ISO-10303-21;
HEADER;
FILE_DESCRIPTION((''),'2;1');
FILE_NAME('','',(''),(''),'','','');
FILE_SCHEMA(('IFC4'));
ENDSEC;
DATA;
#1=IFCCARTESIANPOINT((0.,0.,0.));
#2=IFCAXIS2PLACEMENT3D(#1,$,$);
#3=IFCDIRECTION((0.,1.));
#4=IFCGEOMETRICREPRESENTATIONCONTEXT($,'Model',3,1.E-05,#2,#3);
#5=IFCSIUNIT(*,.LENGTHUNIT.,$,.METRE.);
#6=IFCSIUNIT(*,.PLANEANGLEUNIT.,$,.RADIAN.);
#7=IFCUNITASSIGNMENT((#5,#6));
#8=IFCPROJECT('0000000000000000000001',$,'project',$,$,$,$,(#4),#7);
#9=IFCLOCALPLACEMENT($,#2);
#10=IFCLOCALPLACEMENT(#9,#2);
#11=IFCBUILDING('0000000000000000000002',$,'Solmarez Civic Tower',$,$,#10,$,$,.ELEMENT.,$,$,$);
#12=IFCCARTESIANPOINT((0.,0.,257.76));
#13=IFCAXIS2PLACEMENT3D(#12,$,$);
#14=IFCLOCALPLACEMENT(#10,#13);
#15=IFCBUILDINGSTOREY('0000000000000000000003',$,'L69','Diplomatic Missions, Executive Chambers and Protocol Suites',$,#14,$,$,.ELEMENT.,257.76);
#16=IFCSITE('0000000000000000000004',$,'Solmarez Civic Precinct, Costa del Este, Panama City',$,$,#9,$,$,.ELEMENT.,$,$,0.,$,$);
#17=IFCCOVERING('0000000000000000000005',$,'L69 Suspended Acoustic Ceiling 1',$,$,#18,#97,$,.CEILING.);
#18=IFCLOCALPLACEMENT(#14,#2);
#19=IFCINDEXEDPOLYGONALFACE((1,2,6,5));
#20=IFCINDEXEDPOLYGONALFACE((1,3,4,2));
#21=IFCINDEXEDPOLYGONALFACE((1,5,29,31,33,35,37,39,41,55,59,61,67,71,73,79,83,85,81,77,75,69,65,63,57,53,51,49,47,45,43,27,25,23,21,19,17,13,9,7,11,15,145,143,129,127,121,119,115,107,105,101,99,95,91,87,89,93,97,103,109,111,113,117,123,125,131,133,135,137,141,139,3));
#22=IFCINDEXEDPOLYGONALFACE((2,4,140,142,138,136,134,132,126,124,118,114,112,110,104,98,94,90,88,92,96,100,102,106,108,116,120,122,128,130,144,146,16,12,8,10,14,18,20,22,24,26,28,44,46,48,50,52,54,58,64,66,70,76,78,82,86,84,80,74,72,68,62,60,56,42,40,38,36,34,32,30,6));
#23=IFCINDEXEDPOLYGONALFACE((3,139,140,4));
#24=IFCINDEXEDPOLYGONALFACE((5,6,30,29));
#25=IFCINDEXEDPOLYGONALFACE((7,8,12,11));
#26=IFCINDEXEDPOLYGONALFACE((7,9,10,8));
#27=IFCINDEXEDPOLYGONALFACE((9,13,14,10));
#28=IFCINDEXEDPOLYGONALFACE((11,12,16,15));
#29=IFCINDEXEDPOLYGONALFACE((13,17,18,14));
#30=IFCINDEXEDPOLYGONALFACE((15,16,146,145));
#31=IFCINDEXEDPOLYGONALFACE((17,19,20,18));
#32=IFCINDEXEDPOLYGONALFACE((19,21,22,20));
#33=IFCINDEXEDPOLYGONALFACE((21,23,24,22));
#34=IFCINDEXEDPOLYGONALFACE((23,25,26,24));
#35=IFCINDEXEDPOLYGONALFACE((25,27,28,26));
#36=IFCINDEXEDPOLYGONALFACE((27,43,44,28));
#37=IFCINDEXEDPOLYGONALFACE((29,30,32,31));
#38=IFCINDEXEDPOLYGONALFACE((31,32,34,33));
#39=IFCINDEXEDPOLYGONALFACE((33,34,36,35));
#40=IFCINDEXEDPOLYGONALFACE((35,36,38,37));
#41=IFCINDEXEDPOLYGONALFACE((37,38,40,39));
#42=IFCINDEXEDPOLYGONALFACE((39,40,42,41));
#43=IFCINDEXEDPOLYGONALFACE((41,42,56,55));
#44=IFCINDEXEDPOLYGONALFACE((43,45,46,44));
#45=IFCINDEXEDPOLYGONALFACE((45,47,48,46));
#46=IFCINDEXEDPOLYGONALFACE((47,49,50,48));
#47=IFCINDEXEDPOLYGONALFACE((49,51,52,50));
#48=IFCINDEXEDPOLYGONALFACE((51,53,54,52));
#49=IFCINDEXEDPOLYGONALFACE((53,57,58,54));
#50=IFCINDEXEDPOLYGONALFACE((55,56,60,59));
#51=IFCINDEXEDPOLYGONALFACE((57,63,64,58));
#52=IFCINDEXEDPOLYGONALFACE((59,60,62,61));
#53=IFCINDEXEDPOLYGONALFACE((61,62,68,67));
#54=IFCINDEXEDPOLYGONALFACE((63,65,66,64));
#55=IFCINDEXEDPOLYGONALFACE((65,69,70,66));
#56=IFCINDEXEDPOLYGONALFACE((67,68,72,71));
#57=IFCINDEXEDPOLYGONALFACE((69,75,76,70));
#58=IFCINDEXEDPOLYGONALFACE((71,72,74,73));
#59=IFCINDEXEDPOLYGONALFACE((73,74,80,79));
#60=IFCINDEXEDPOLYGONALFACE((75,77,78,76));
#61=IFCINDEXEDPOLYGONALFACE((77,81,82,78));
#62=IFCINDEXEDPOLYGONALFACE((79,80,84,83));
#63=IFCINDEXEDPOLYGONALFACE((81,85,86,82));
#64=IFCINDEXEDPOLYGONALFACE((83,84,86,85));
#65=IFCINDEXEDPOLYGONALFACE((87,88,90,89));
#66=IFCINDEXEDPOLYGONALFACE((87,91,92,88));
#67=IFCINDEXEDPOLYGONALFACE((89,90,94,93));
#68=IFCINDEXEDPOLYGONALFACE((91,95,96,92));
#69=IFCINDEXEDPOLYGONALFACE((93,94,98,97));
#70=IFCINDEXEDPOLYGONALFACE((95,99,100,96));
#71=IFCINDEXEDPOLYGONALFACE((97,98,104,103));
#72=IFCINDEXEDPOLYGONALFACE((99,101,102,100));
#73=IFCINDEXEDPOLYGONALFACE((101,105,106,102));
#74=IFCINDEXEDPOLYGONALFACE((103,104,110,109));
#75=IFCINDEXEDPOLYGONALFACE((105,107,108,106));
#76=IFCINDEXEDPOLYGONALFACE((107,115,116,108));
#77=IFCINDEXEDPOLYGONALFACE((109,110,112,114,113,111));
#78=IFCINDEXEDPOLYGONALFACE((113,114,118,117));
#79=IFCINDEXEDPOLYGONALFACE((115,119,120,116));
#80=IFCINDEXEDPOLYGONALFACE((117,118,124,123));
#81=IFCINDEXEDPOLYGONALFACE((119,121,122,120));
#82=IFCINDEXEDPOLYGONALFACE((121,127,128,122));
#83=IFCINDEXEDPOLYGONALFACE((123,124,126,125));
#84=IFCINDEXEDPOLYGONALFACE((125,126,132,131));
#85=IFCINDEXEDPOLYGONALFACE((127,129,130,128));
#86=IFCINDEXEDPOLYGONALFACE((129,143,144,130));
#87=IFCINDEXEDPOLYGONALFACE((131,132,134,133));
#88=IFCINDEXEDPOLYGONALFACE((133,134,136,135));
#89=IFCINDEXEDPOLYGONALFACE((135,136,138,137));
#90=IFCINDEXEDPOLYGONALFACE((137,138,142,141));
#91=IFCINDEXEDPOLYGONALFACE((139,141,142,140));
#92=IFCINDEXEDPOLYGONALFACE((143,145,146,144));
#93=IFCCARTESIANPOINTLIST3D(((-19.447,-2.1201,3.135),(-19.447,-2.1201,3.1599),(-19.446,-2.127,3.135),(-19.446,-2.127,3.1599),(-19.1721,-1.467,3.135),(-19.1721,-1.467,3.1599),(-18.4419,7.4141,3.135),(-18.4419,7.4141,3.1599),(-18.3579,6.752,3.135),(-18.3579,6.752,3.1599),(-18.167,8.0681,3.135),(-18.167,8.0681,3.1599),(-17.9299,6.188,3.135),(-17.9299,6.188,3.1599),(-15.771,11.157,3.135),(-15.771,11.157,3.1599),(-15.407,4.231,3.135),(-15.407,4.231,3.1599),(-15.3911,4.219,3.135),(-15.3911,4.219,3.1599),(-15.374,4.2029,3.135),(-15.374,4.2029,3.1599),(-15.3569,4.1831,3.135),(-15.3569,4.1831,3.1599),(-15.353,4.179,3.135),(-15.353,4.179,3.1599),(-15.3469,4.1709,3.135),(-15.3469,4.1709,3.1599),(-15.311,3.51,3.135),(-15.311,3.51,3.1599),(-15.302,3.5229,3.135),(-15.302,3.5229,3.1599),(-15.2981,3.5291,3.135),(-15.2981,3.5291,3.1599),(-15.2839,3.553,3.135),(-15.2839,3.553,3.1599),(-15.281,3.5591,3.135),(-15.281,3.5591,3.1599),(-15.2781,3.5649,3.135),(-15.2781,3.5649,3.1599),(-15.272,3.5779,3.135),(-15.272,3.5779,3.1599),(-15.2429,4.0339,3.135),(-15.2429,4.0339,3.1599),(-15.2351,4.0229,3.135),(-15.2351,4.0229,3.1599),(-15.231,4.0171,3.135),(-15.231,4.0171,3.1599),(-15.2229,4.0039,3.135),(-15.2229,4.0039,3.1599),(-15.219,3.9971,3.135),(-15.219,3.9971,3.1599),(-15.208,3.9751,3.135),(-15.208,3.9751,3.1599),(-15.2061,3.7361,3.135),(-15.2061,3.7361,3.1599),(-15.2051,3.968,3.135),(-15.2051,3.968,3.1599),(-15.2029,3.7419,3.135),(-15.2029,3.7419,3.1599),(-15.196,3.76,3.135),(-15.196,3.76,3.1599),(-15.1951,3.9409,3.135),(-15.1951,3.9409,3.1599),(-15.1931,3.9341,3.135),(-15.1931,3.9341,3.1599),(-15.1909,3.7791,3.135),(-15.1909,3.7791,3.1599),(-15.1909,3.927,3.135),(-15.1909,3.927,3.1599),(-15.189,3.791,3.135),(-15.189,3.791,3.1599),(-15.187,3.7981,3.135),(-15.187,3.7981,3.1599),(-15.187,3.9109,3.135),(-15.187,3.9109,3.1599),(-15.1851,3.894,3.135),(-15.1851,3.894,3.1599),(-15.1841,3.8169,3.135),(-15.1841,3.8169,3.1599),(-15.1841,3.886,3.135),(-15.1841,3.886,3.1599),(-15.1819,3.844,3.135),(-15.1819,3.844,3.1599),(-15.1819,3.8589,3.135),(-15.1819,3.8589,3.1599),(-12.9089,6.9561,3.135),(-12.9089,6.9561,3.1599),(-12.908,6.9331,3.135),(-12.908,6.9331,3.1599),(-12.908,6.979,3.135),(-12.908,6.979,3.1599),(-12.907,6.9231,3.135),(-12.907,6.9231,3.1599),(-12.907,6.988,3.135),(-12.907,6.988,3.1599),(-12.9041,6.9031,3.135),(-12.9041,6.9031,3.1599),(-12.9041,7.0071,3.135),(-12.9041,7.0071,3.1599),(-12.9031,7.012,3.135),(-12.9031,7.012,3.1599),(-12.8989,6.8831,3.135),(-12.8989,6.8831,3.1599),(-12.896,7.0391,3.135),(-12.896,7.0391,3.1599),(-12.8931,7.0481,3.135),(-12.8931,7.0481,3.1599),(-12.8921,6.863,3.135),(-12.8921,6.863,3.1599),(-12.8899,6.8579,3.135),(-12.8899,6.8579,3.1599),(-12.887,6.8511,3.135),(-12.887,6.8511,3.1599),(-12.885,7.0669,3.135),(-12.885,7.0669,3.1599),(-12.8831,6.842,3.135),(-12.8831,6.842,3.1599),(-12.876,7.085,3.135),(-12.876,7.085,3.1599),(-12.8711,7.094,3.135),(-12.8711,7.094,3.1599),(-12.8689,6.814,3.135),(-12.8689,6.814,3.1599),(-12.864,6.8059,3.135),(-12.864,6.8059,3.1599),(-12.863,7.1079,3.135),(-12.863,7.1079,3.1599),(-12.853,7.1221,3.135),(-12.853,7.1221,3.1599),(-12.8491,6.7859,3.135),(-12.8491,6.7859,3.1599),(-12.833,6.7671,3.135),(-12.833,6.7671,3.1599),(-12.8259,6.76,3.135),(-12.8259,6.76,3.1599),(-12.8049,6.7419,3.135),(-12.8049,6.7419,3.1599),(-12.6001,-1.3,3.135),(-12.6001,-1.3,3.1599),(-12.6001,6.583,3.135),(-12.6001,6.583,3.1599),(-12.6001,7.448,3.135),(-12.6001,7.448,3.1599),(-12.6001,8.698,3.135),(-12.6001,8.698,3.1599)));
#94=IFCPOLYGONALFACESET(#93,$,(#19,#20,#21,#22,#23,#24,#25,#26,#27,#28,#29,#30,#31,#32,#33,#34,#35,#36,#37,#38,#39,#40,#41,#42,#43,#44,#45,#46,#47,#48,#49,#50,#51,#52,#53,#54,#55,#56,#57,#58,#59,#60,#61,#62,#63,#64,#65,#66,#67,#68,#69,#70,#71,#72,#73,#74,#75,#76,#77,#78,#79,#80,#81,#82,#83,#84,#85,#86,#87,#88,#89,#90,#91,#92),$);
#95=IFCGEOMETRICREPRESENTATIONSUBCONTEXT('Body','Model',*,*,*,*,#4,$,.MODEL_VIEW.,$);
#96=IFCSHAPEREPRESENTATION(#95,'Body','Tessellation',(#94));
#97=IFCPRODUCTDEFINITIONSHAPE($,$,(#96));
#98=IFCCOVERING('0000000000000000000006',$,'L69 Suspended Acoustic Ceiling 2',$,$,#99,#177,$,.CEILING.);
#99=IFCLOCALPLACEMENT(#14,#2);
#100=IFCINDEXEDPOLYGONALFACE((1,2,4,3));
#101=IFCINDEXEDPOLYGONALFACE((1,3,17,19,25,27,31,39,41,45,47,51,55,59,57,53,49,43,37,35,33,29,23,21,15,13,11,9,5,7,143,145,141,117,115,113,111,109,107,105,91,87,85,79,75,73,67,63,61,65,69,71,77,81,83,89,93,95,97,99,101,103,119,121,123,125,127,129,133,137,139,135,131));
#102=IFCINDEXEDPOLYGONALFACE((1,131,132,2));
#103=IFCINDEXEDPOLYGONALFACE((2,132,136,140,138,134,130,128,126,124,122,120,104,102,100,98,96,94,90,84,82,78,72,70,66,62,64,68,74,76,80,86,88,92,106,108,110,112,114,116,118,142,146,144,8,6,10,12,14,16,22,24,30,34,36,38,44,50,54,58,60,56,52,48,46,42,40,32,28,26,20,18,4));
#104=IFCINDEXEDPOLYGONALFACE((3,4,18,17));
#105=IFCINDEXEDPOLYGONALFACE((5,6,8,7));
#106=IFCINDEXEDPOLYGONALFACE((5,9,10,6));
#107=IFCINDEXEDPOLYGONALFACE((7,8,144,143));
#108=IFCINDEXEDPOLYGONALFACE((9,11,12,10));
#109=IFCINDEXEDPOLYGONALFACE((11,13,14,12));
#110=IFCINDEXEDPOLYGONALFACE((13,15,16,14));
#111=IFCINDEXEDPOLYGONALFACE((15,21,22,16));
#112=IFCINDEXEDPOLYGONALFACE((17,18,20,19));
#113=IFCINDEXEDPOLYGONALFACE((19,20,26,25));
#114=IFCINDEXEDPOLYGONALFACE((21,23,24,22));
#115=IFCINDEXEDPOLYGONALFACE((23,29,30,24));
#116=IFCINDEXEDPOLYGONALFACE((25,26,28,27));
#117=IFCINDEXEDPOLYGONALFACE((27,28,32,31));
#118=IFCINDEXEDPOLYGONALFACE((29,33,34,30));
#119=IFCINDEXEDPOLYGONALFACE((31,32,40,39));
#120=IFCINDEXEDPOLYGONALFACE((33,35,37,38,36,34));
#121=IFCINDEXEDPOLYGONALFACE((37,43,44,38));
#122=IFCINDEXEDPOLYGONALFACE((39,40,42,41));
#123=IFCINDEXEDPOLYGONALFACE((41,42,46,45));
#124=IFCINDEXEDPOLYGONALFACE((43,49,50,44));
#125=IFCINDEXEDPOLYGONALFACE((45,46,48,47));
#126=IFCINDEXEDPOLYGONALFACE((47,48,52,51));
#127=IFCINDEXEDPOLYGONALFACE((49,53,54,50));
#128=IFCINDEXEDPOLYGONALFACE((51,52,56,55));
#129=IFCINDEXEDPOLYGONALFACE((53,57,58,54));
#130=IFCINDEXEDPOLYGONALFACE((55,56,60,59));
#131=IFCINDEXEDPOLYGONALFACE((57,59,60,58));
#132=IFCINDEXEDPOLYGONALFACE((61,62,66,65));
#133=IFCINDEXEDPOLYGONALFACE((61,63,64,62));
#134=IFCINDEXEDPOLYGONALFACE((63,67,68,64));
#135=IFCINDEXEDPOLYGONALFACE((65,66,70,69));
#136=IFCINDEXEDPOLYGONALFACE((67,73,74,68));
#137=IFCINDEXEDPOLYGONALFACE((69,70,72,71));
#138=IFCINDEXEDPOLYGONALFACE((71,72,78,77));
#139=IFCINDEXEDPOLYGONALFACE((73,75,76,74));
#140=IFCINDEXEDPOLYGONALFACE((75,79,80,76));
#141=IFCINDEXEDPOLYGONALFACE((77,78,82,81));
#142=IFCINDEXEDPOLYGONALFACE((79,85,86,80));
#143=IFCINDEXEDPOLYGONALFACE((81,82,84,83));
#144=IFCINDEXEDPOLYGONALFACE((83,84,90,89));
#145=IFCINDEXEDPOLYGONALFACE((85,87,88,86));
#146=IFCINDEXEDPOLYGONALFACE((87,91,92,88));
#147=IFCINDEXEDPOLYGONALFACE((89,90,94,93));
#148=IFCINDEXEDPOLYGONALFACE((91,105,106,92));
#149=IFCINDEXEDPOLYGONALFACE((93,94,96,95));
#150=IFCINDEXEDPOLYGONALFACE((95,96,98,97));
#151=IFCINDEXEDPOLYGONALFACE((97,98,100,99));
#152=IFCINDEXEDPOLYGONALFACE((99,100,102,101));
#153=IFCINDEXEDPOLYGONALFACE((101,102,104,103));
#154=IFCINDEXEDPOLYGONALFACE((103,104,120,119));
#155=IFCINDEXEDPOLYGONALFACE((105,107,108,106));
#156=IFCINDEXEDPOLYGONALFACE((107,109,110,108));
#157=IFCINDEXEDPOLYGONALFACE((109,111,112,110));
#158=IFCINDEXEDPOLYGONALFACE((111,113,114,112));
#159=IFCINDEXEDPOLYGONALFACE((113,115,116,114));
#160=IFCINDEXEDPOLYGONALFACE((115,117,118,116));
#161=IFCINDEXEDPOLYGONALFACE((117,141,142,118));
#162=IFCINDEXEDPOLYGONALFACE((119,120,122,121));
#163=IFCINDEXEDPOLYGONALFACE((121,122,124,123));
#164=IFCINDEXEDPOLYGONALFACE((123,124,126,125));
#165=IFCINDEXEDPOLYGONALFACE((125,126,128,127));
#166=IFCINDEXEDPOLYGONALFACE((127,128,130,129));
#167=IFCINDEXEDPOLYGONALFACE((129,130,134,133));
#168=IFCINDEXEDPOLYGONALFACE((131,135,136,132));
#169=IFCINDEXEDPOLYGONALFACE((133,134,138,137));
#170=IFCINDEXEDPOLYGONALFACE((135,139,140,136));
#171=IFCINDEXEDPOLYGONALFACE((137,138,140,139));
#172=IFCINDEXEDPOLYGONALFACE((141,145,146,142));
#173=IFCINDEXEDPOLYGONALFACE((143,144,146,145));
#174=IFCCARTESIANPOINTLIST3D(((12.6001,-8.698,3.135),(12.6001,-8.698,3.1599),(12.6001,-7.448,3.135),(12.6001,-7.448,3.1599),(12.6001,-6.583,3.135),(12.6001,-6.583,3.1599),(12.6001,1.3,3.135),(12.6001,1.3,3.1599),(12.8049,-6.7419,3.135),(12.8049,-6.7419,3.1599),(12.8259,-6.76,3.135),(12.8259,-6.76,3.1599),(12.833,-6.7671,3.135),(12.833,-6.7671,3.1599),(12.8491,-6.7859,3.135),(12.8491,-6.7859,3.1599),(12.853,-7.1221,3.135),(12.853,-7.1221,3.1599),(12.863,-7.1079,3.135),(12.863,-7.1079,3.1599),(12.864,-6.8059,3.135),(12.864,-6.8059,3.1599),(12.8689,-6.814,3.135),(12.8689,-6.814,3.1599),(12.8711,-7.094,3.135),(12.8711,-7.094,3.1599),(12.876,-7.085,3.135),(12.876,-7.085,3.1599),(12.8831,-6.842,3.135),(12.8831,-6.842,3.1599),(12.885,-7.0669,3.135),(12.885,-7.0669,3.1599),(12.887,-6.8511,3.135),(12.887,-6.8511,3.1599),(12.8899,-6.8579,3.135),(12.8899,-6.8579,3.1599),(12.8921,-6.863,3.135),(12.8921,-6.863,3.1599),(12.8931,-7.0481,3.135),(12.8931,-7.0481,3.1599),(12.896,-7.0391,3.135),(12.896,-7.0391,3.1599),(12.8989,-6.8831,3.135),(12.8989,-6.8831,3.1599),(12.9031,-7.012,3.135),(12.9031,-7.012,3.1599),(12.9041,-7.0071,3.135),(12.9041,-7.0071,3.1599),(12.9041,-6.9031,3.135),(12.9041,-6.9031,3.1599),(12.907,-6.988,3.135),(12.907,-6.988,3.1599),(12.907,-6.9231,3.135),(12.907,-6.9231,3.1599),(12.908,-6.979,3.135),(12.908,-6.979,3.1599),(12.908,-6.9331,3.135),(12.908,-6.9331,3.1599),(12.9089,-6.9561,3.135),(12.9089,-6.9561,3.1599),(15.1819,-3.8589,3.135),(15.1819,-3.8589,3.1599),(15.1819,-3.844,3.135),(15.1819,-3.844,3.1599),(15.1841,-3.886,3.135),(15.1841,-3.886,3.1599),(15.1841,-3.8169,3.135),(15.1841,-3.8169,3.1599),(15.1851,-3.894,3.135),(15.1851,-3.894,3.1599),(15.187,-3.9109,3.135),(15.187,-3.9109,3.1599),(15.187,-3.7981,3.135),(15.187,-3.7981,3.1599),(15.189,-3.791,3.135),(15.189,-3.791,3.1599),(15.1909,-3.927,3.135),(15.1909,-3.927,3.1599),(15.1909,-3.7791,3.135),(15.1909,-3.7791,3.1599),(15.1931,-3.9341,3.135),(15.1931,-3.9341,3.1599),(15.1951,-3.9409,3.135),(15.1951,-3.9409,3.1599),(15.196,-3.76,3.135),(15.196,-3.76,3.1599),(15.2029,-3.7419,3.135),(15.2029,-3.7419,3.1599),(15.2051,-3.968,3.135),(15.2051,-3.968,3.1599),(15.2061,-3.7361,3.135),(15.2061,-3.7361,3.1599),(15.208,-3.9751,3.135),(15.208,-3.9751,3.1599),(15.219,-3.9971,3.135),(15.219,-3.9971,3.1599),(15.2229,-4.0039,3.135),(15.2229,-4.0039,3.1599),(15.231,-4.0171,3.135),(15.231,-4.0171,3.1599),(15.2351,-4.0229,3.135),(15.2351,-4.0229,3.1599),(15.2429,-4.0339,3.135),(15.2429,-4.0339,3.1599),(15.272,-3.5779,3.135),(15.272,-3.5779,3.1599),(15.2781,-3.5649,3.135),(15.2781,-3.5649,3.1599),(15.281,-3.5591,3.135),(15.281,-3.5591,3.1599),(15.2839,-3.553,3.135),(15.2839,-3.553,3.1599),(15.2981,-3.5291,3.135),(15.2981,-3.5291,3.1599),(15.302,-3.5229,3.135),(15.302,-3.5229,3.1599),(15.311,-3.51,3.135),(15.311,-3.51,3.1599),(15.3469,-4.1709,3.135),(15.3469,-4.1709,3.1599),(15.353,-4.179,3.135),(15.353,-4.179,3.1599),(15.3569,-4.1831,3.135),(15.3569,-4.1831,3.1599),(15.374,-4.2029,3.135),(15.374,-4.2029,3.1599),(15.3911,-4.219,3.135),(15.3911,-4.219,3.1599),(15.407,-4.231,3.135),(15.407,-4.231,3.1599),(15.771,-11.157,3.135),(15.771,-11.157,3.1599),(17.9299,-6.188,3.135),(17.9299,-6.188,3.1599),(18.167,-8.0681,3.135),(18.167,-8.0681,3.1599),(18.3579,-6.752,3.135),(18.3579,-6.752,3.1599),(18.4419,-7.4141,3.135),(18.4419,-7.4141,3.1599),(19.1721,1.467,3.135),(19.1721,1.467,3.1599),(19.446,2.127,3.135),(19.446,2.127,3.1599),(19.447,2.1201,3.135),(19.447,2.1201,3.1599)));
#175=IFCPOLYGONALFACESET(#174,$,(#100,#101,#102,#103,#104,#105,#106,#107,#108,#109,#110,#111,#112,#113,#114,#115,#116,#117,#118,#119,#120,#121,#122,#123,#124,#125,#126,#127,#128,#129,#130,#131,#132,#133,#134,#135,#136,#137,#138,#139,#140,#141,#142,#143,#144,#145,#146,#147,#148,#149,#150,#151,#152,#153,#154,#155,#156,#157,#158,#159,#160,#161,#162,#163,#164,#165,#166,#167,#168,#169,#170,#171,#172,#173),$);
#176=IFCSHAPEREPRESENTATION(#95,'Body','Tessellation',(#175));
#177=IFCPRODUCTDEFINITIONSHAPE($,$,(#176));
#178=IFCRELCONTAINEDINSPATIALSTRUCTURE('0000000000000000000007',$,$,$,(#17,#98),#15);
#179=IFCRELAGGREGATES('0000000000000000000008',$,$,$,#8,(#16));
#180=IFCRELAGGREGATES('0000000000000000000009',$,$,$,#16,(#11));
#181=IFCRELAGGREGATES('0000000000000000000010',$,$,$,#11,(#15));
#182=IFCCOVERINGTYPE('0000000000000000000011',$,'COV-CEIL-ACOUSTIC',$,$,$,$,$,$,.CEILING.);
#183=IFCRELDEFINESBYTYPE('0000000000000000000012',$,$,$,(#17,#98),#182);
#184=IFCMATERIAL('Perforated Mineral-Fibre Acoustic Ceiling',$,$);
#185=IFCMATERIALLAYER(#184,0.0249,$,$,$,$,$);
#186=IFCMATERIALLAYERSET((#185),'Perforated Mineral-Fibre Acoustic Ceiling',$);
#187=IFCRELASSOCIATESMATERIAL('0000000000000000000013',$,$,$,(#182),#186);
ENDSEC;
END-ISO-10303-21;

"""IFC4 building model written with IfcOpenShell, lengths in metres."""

from ifc_helpers import new_model, si_unit, direction, frame, origin, place, context, subcontext, project, spatial, polyline, outline, extrude, material, layer, layer_set, type_object, element, save


model = new_model("IFC4")

# Units and contexts
model_context = context("Model", 3, precision=1e-05, world=origin(), true_north=direction((0.0, 1.0)))
body_context = subcontext(model_context, "Body", "Model", "MODEL_VIEW")
ifc_project = project(units=[si_unit("LENGTHUNIT", "METRE"), si_unit("PLANEANGLEUNIT", "RADIAN")], contexts=[model_context])

# Site, building, storey
site_placement = place(None, origin())
site = spatial("IfcSite", under=ifc_project, at=site_placement, Name="Solmarez Civic Precinct, Costa del Este, Panama City", CompositionType="ELEMENT", RefElevation=0.0)
building_placement = place(site_placement, origin())
building = spatial("IfcBuilding", under=site, at=building_placement, Name="Solmarez Civic Tower", CompositionType="ELEMENT")
storey_placement = place(building_placement, frame((0.0, 0.0, 257.76)))
storey = spatial("IfcBuildingStorey", under=building, at=storey_placement, Name="L69", Description="Diplomatic Missions, Executive Chambers and Protocol Suites", CompositionType="ELEMENT", Elevation=257.76)

# Coverings
ifc_material_1 = material(Name="Perforated Mineral-Fibre Acoustic Ceiling")
ifc_layer_1 = layer(ifc_material_1, 0.0249)
ifc_layer_set_1 = layer_set([ifc_layer_1], Name="Perforated Mineral-Fibre Acoustic Ceiling")
covering_type_1 = type_object("IfcCoveringType", Name="COV-CEIL-ACOUSTIC", PredefinedType="CEILING", material=ifc_layer_set_1)
covering_1_placement = place(storey_placement, frame((0.0, 0.0, 3.135)))
element("IfcCovering", 1, at=covering_1_placement, inside=storey, type_object=covering_type_1, Name="L69 Suspended Acoustic Ceiling 1", PredefinedType="CEILING", context=body_context, shape_type="SweptSolid", body=[
    extrude(outline(polyline([(-15.407, 4.231), (-15.3911, 4.219), (-15.374, 4.2029), (-15.3569, 4.1831), (-15.353, 4.179), (-15.3469, 4.1709), (-15.2429, 4.0339), (-15.2351, 4.0229), (-15.231, 4.0171), (-15.2229, 4.0039), (-15.219, 3.9971), (-15.208, 3.9751), (-15.2051, 3.968), (-15.1951, 3.9409), (-15.1931, 3.9341), (-15.1909, 3.927), (-15.187, 3.9109), (-15.1851, 3.894), (-15.1841, 3.886), (-15.1819, 3.8589), (-15.1819, 3.844), (-15.1841, 3.8169), (-15.187, 3.7981), (-15.189, 3.791), (-15.1909, 3.7791), (-15.196, 3.76), (-15.2029, 3.7419), (-15.2061, 3.7361), (-15.272, 3.5779), (-15.2781, 3.5649), (-15.281, 3.5591), (-15.2839, 3.553), (-15.2981, 3.5291), (-15.302, 3.5229), (-15.311, 3.51), (-19.1721, -1.467), (-19.447, -2.1201), (-19.446, -2.127), (-12.6001, -1.3), (-12.6001, 6.583), (-12.8049, 6.7419), (-12.8259, 6.76), (-12.833, 6.7671), (-12.8491, 6.7859), (-12.864, 6.8059), (-12.8689, 6.814), (-12.8831, 6.842), (-12.887, 6.8511), (-12.8899, 6.8579), (-12.8921, 6.863), (-12.8989, 6.8831), (-12.9041, 6.9031), (-12.907, 6.9231), (-12.908, 6.9331), (-12.9089, 6.9561), (-12.908, 6.979), (-12.907, 6.988), (-12.9041, 7.0071), (-12.9031, 7.012), (-12.896, 7.0391), (-12.8931, 7.0481), (-12.885, 7.0669), (-12.876, 7.085), (-12.8711, 7.094), (-12.863, 7.1079), (-12.853, 7.1221), (-12.6001, 7.448), (-12.6001, 8.698), (-15.771, 11.157), (-18.167, 8.0681), (-18.4419, 7.4141), (-18.3579, 6.752), (-17.9299, 6.188), (-15.407, 4.231)])), origin(), (0.0, 0.0, 1.0), 0.0249),
])
covering_2_placement = place(storey_placement, frame((0.0, 0.0, 3.135)))
element("IfcCovering", 2, at=covering_2_placement, inside=storey, type_object=covering_type_1, Name="L69 Suspended Acoustic Ceiling 2", PredefinedType="CEILING", context=body_context, shape_type="SweptSolid", body=[
    extrude(outline(polyline([(12.6001, 1.3), (12.6001, -6.583), (12.8049, -6.7419), (12.8259, -6.76), (12.833, -6.7671), (12.8491, -6.7859), (12.864, -6.8059), (12.8689, -6.814), (12.8831, -6.842), (12.887, -6.8511), (12.8899, -6.8579), (12.8921, -6.863), (12.8989, -6.8831), (12.9041, -6.9031), (12.907, -6.9231), (12.908, -6.9331), (12.9089, -6.9561), (12.908, -6.979), (12.907, -6.988), (12.9041, -7.0071), (12.9031, -7.012), (12.896, -7.0391), (12.8931, -7.0481), (12.885, -7.0669), (12.876, -7.085), (12.8711, -7.094), (12.863, -7.1079), (12.853, -7.1221), (12.6001, -7.448), (12.6001, -8.698), (15.771, -11.157), (18.167, -8.0681), (18.4419, -7.4141), (18.3579, -6.752), (17.9299, -6.188), (15.407, -4.231), (15.3911, -4.219), (15.374, -4.2029), (15.3569, -4.1831), (15.353, -4.179), (15.3469, -4.1709), (15.2429, -4.0339), (15.2351, -4.0229), (15.231, -4.0171), (15.2229, -4.0039), (15.219, -3.9971), (15.208, -3.9751), (15.2051, -3.968), (15.1951, -3.9409), (15.1931, -3.9341), (15.1909, -3.927), (15.187, -3.9109), (15.1851, -3.894), (15.1841, -3.886), (15.1819, -3.8589), (15.1819, -3.844), (15.1841, -3.8169), (15.187, -3.7981), (15.189, -3.791), (15.1909, -3.7791), (15.196, -3.76), (15.2029, -3.7419), (15.2061, -3.7361), (15.272, -3.5779), (15.2781, -3.5649), (15.281, -3.5591), (15.2839, -3.553), (15.2981, -3.5291), (15.302, -3.5229), (15.311, -3.51), (19.1721, 1.467), (19.447, 2.1201), (19.446, 2.127), (12.6001, 1.3)])), origin(), (0.0, 0.0, 1.0), 0.0249),
])

save(model, "model.ifc")
